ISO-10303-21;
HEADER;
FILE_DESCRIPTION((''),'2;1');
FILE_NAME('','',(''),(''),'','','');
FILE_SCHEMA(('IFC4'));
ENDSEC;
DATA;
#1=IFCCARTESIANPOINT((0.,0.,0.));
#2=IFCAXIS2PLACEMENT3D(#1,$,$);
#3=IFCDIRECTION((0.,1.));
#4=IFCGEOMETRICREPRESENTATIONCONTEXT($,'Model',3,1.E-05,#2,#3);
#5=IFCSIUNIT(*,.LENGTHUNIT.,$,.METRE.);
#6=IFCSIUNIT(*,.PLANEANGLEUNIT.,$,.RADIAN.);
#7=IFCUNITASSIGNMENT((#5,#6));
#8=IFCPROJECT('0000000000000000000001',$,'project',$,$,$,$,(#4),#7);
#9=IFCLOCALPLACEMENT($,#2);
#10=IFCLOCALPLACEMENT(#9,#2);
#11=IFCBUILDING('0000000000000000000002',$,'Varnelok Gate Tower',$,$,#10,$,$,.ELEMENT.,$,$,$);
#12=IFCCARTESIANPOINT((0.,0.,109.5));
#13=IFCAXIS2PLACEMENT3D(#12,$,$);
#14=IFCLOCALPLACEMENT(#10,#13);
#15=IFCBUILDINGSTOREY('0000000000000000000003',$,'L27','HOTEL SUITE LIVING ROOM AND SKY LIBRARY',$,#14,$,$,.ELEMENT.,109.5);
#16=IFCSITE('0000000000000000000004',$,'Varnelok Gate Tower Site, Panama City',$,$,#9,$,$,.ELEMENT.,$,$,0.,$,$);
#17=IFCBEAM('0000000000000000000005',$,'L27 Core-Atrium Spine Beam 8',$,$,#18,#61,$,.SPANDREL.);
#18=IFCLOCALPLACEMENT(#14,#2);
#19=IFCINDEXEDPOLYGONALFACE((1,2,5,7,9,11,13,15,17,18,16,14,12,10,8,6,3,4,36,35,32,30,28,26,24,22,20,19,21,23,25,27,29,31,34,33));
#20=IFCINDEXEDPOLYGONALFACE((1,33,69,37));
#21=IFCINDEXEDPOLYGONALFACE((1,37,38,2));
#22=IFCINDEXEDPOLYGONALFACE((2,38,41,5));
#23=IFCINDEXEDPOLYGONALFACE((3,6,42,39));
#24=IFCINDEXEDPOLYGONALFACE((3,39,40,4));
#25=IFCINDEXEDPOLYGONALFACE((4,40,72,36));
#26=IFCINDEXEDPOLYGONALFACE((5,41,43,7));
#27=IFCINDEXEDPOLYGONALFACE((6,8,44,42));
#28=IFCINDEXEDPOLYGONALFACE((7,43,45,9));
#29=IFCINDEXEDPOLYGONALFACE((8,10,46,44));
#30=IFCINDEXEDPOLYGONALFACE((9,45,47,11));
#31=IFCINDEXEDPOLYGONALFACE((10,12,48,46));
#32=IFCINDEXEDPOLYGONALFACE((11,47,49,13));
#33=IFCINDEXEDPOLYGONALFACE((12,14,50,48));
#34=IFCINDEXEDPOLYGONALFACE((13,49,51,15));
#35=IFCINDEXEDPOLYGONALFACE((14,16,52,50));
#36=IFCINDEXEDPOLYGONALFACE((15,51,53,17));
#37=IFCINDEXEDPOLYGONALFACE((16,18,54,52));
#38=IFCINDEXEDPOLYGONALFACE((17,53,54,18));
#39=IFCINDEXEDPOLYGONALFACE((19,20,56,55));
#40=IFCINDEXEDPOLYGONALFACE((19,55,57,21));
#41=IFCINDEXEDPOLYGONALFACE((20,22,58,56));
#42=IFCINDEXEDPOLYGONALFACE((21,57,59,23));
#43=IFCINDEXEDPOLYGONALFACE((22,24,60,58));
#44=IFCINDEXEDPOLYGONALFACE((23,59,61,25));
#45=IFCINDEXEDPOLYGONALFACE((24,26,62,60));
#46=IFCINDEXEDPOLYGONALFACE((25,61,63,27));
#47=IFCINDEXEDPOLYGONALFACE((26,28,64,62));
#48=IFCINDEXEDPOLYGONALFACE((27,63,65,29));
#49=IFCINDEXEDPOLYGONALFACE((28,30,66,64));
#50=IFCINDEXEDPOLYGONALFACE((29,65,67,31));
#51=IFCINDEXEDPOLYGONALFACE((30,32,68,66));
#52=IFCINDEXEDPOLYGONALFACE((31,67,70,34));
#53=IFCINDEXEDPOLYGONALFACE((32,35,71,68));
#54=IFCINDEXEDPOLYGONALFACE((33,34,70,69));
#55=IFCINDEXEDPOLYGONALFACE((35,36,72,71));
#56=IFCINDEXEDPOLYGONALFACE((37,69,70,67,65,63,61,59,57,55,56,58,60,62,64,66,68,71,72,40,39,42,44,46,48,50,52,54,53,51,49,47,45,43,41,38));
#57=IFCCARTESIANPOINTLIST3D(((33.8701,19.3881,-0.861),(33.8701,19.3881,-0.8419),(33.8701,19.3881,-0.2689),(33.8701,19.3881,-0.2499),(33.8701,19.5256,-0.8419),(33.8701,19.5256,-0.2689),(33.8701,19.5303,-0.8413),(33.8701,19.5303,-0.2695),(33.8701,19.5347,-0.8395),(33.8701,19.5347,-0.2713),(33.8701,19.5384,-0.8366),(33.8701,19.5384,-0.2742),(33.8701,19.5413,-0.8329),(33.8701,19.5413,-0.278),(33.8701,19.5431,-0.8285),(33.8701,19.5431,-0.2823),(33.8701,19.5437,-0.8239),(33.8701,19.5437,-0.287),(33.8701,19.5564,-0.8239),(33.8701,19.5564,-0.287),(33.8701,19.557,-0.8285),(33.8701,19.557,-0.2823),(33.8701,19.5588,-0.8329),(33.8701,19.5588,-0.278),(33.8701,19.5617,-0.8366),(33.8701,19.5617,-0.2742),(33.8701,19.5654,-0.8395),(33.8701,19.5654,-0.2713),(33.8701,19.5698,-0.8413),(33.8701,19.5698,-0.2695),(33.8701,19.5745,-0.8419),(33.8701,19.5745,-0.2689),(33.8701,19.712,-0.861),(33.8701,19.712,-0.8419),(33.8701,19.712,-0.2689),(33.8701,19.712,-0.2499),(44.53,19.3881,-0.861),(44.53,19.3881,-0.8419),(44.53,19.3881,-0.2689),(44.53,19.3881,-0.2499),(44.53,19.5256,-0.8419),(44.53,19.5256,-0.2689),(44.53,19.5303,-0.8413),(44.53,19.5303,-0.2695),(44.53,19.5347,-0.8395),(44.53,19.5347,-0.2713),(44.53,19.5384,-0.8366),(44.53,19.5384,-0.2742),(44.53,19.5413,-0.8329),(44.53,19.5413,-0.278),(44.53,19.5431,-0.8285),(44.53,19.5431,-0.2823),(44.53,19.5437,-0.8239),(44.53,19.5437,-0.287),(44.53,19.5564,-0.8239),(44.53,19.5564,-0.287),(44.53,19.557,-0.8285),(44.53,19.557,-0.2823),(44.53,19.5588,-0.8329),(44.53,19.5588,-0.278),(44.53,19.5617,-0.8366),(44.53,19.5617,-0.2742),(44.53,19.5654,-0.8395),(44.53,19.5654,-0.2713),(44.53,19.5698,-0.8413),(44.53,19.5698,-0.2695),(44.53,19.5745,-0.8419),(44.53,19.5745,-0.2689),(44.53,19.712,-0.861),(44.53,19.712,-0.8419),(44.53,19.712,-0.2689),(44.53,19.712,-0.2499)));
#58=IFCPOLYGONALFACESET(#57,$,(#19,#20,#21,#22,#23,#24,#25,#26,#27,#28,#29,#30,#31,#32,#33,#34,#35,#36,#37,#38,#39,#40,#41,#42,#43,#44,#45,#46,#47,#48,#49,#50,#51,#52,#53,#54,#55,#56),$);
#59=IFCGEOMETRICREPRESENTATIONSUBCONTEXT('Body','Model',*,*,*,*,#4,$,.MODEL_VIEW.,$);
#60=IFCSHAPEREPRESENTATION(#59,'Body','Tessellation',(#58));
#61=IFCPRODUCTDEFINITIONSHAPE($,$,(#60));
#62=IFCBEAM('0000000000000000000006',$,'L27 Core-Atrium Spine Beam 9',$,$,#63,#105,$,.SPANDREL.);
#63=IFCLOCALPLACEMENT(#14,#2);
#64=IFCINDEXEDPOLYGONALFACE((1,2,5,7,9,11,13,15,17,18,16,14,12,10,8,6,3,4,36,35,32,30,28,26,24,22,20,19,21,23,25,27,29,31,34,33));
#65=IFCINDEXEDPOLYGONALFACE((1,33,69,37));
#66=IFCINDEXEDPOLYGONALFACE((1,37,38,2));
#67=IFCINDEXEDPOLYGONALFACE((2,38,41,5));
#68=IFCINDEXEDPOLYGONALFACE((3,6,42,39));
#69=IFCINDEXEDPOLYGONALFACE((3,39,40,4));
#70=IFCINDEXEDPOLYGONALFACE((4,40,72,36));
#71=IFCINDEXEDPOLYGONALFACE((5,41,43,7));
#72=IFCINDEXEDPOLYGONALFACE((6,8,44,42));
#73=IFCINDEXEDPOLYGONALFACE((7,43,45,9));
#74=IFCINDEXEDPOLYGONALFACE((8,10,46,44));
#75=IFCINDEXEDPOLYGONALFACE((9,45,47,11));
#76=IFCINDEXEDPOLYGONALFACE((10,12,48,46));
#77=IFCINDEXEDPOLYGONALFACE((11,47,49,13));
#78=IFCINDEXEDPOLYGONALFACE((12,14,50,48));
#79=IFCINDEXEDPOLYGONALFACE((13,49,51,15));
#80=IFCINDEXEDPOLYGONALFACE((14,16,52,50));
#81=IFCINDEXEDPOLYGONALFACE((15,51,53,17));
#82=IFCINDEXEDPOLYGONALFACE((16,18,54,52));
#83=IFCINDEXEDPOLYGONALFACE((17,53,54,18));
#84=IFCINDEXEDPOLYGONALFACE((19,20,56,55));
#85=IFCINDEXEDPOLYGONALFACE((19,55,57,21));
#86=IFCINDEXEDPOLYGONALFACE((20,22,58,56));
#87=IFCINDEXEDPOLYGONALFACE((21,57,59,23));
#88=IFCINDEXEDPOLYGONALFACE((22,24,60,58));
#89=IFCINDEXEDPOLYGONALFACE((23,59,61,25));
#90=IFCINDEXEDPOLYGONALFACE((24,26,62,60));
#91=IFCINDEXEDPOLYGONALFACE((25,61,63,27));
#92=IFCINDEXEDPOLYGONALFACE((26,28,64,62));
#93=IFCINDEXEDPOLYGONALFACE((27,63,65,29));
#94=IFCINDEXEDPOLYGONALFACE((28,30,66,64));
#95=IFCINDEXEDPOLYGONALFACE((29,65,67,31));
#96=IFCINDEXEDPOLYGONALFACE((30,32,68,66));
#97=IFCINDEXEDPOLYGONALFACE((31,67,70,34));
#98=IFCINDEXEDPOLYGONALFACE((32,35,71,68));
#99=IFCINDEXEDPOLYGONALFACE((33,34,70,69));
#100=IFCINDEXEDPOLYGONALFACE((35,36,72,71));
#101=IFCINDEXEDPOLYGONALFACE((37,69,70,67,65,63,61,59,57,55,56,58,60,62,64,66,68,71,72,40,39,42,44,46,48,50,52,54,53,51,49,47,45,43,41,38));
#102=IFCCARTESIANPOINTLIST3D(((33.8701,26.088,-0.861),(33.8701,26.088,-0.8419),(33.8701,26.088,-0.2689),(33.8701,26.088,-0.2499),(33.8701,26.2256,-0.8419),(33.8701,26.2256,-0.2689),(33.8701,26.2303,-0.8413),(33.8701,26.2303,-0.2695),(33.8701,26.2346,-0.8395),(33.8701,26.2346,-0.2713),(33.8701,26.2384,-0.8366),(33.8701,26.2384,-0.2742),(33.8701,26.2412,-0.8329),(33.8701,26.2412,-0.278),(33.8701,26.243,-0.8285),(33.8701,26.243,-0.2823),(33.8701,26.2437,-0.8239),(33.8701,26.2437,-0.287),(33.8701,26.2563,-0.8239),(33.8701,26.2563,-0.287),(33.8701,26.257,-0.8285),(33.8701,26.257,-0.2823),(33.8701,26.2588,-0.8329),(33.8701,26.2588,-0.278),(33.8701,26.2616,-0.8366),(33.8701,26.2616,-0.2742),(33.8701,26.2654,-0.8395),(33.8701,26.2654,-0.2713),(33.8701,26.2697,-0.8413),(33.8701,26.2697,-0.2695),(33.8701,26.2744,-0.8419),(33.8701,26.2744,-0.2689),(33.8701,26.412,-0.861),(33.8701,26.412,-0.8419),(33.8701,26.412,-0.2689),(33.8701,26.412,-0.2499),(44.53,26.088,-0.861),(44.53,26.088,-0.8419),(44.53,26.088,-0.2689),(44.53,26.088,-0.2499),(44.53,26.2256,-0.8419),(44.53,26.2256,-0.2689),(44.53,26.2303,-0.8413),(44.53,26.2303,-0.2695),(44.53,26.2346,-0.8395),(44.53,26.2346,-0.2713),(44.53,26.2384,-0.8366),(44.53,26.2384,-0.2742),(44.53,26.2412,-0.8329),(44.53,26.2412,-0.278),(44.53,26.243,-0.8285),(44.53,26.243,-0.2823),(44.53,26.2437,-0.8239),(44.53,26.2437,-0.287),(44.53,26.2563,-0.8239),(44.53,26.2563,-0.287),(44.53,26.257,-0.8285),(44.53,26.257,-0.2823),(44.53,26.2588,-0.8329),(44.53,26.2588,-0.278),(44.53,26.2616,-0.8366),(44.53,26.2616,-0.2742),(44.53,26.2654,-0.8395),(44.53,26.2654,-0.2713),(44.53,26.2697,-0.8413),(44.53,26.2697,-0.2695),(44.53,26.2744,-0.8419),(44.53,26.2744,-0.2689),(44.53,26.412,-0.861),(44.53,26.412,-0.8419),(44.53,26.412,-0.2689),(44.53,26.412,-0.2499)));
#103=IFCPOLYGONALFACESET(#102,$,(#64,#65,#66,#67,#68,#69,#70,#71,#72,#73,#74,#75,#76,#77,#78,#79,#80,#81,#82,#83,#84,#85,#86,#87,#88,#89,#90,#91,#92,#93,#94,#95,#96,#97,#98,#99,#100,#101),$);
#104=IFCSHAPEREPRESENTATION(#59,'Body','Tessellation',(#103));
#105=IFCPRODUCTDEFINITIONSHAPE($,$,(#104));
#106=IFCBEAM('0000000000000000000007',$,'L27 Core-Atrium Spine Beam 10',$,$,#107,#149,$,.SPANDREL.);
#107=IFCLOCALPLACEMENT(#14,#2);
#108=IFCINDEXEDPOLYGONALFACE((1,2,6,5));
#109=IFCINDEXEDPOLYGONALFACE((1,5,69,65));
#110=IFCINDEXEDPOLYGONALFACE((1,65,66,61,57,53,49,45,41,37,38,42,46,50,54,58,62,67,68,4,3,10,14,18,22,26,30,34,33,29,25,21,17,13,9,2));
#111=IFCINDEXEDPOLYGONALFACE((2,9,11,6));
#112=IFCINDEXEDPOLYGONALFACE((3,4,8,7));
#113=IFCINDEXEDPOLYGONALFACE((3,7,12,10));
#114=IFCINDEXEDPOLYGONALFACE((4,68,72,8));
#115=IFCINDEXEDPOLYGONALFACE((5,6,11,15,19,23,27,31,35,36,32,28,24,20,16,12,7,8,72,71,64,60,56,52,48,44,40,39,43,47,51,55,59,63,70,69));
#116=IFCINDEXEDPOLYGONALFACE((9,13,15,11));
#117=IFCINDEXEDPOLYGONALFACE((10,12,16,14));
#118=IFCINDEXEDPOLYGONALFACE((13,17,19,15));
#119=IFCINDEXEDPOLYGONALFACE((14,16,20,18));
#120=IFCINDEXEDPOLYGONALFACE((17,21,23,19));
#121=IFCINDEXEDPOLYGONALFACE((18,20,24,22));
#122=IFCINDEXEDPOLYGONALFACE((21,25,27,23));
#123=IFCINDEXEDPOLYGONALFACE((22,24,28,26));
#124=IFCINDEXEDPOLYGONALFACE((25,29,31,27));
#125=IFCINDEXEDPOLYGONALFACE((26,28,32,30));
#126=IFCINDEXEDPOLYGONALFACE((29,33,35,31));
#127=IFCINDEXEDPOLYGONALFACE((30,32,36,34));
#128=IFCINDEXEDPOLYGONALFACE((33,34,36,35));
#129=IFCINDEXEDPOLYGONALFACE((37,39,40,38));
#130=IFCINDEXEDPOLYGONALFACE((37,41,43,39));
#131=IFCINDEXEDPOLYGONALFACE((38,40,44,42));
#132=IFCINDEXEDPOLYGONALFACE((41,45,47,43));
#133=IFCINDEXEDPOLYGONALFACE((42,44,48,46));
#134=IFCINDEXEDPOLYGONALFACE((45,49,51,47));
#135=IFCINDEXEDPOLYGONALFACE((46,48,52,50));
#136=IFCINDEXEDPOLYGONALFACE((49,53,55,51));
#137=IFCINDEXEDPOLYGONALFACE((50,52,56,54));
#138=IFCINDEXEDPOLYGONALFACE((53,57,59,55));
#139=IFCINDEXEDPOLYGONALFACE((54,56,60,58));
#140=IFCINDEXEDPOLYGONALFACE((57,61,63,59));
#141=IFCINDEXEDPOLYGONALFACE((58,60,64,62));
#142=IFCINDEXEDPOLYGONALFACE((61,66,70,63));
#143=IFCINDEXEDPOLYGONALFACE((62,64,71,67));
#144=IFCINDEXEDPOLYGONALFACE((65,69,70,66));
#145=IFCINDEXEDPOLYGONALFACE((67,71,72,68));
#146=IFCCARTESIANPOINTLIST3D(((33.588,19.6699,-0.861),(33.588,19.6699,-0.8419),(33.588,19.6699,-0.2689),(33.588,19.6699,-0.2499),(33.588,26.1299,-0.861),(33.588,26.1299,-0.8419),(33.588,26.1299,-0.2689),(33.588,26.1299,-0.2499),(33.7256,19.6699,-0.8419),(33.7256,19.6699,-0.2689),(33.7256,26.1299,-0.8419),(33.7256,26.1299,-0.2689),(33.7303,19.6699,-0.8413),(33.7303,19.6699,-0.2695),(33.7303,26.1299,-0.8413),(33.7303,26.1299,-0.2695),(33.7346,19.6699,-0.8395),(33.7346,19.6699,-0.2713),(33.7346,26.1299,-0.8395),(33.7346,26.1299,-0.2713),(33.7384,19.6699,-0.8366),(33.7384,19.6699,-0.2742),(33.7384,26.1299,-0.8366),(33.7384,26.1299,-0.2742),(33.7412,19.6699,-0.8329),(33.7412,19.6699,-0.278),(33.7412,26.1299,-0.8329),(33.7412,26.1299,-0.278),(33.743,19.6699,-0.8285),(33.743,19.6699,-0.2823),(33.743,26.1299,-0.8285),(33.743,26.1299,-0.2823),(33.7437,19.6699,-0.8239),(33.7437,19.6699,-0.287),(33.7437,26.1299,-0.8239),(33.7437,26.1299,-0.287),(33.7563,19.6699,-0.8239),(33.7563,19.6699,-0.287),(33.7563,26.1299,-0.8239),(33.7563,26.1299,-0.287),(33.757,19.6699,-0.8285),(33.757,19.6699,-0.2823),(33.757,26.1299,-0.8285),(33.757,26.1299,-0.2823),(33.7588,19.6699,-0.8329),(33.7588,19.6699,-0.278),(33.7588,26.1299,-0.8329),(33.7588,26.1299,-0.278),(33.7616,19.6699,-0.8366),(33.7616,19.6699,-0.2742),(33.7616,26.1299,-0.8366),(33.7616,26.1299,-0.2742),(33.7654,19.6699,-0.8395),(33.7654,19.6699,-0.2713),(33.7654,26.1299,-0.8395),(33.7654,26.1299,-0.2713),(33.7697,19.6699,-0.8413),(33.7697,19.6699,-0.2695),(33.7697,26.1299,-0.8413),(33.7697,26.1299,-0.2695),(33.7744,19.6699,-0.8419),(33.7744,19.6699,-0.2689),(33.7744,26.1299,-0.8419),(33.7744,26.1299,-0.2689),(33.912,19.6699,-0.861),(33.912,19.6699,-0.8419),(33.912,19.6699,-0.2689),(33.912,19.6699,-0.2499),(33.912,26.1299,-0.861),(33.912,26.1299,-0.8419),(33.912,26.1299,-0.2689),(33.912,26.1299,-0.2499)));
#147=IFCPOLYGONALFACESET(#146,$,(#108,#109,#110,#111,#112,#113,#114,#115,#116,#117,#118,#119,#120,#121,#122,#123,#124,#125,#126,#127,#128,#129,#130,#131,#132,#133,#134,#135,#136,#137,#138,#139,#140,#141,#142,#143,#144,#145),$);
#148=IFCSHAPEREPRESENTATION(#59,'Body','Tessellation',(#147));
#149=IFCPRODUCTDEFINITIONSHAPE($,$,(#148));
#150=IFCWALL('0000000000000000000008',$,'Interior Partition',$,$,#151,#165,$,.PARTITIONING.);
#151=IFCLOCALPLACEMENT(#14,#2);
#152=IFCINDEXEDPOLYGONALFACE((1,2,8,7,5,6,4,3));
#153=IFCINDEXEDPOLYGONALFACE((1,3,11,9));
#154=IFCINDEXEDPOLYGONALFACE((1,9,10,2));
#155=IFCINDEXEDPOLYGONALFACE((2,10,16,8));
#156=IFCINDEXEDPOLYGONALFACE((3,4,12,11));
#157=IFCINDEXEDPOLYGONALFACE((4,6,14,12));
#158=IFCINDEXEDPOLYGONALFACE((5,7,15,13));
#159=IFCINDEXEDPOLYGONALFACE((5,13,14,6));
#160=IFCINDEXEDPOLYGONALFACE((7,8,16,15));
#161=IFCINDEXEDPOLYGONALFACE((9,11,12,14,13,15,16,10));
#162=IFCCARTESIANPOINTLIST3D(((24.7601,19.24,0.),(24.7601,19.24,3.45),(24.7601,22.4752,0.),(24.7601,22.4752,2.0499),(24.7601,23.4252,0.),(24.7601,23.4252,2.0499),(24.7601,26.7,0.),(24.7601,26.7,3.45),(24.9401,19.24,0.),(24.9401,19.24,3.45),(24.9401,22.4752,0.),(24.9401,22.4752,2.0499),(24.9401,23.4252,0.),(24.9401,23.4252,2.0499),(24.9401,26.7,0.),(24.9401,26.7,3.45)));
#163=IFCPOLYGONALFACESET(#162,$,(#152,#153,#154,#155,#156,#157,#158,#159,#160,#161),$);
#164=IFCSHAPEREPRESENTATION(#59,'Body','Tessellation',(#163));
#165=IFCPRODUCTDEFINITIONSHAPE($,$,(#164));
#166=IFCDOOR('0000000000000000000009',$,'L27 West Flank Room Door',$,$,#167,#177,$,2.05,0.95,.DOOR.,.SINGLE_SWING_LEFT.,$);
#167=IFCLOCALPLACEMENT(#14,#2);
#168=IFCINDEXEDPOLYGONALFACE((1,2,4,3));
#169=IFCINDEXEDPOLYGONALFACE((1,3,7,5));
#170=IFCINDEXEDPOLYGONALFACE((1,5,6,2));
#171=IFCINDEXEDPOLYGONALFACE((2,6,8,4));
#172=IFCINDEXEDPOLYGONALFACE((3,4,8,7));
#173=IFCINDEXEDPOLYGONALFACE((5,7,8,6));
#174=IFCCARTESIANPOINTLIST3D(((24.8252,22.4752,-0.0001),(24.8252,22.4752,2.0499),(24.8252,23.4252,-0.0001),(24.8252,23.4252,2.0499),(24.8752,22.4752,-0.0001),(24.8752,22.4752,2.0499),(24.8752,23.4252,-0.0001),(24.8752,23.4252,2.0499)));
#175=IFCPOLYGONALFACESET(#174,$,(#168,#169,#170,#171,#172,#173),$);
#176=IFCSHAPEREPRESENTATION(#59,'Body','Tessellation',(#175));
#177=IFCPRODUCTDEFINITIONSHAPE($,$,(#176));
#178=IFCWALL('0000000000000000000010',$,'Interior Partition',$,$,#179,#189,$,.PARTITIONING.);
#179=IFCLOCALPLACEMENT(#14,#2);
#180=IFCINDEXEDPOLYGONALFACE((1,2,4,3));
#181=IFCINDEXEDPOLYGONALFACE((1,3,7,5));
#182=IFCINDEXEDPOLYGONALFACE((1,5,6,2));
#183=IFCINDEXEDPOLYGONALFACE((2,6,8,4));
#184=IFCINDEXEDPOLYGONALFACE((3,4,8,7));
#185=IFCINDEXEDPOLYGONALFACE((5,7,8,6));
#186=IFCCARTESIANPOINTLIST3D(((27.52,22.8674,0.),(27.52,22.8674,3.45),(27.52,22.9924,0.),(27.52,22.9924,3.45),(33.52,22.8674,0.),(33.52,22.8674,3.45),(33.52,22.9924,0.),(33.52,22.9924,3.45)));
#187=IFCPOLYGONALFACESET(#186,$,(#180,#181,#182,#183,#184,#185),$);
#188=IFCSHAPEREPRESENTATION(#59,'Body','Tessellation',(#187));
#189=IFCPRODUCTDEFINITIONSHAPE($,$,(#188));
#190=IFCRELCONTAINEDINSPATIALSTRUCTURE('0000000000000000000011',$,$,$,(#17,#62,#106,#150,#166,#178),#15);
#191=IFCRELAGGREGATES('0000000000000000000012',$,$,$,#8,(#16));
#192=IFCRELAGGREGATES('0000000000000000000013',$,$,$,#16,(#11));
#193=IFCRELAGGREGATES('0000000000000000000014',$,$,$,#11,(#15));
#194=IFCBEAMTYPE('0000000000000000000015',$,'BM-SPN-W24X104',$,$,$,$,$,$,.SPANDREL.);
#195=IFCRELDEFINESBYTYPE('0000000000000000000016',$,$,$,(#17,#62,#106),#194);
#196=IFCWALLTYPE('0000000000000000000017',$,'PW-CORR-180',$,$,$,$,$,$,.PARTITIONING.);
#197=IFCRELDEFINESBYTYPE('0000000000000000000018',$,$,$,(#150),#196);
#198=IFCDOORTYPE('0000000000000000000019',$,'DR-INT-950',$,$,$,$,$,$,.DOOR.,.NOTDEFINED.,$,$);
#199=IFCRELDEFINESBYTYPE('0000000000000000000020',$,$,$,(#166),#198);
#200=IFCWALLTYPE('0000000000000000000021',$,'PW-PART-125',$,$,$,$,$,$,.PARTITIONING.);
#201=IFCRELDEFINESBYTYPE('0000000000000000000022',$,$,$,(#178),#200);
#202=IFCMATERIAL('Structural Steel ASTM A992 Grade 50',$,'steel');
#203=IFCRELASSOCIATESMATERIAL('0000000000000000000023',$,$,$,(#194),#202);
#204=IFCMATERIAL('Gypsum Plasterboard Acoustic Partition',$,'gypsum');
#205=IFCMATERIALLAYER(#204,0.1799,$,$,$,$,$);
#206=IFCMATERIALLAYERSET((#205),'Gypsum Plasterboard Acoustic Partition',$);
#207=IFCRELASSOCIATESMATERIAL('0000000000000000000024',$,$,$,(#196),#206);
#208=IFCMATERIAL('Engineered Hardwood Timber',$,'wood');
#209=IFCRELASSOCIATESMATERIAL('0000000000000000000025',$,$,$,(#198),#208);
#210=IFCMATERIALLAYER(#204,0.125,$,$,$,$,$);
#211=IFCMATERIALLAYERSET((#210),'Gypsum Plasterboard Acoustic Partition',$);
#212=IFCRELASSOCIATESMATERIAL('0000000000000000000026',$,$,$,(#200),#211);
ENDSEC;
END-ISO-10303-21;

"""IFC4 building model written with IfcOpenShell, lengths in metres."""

from ifc_helpers import new_model, si_unit, direction, frame, frame_2d, origin, origin_2d, place, context, subcontext, project, spatial, rectangle, i_section, extrude, material, layer, layer_set, material_profile, profile_set, type_object, element, fill, save


model = new_model("IFC4")

# Units and contexts
model_context = context("Model", 3, precision=1e-05, world=origin(), true_north=direction((0.0, 1.0)))
body_context = subcontext(model_context, "Body", "Model", "MODEL_VIEW")
ifc_project = project(units=[si_unit("LENGTHUNIT", "METRE"), si_unit("PLANEANGLEUNIT", "RADIAN")], contexts=[model_context])

# Site, building, storey
site_placement = place(None, origin())
site = spatial("IfcSite", under=ifc_project, at=site_placement, Name="Varnelok Gate Tower Site, Panama City", CompositionType="ELEMENT", RefElevation=0.0)
building_placement = place(site_placement, origin())
building = spatial("IfcBuilding", under=site, at=building_placement, Name="Varnelok Gate Tower", CompositionType="ELEMENT")
storey_placement = place(building_placement, frame((0.0, 0.0, 109.5)))
storey = spatial("IfcBuildingStorey", under=building, at=storey_placement, Name="L27", Description="HOTEL SUITE LIVING ROOM AND SKY LIBRARY", CompositionType="ELEMENT", Elevation=109.5)

# Shared definitions
ifc_material_1 = material(Name="Structural Steel ASTM A992 Grade 50", Category="steel")

# Beams
ifc_material_profile_1 = material_profile(ifc_material_1, i_section(OverallWidth=0.324, OverallDepth=0.6111, WebThickness=0.0127, FlangeThickness=0.019, FilletRadius=0.0181, at=origin_2d()), Name="W24X104")
ifc_profile_set_1 = profile_set([ifc_material_profile_1], Name="Structural Steel ASTM A992 Grade 50")
beam_type_1 = type_object("IfcBeamType", Name="BM-SPN-W24X104", PredefinedType="SPANDREL", material=ifc_profile_set_1)
for number, where, z_axis, x_axis, name in (
    (1, (33.8701, 19.55, -0.5554), (1.0, 0.0, 0.0), (0.0, 1.0, 0.0), "L27 Core-Atrium Spine Beam 8"),
    (2, (33.8701, 26.25, -0.5554), (1.0, 0.0, 0.0), (0.0, 1.0, 0.0), "L27 Core-Atrium Spine Beam 9"),
):
    element("IfcBeam", number, at=place(storey_placement, frame(where, z_axis=z_axis, x_axis=x_axis)), inside=storey, type_object=beam_type_1, Name=name, PredefinedType="SPANDREL", context=body_context, shape_type="SweptSolid", body=[
        extrude(i_section(OverallWidth=0.324, OverallDepth=0.6111, WebThickness=0.0127, FlangeThickness=0.019, FilletRadius=0.0181, at=origin_2d()), origin(), (0.0, 0.0, 1.0), 10.6599),
    ])
beam_1_placement = place(storey_placement, frame((33.75, 19.6699, -0.5554), z_axis=(0.0, 1.0, 0.0), x_axis=(-1.0, 0.0, 0.0)))
element("IfcBeam", 3, at=beam_1_placement, inside=storey, type_object=beam_type_1, Name="L27 Core-Atrium Spine Beam 10", PredefinedType="SPANDREL", context=body_context, shape_type="SweptSolid", body=[
    extrude(i_section(OverallWidth=0.324, OverallDepth=0.6111, WebThickness=0.0127, FlangeThickness=0.019, FilletRadius=0.0181, at=origin_2d()), origin(), (0.0, 0.0, 1.0), 6.46),
])

# Wall, opening, door
ifc_material_2 = material(Name="Gypsum Plasterboard Acoustic Partition", Category="gypsum")
ifc_layer_1 = layer(ifc_material_2, 0.1799)
ifc_layer_set_1 = layer_set([ifc_layer_1], Name="Gypsum Plasterboard Acoustic Partition")
wall_type_1 = type_object("IfcWallType", Name="PW-CORR-180", PredefinedType="PARTITIONING", material=ifc_layer_set_1)
wall_1_placement = place(storey_placement, frame((24.8501, 19.24, 0.0), z_axis=(0.0, 0.0, 1.0), x_axis=(0.0, 1.0, 0.0)))
wall_1 = element("IfcWall", 4, at=wall_1_placement, inside=storey, type_object=wall_type_1, Name="Interior Partition", PredefinedType="PARTITIONING", context=body_context, shape_type="SweptSolid", body=[
    extrude(rectangle(XDim=7.46, YDim=0.1799, at=frame_2d((3.73, 0.0))), origin(), (0.0, 0.0, 1.0), 3.45),
])
opening_1_placement = place(wall_1_placement, frame((3.2351, 0.0, 0.0)))
opening_1 = element("IfcOpeningElement", 5, at=opening_1_placement, cuts=wall_1, PredefinedType="OPENING", context=body_context, shape_type="SweptSolid", body=[
    extrude(rectangle(XDim=0.95, YDim=2.05, at=frame_2d((0.4751, 1.0249))), frame((0.0, 0.0999, 0.0), z_axis=(0.0, -1.0, 0.0), x_axis=(1.0, 0.0, 0.0)), (0.0, 0.0, 1.0), 0.2),
])
ifc_material_3 = material(Name="Engineered Hardwood Timber", Category="wood")
door_type_1 = type_object("IfcDoorType", Name="DR-INT-950", OperationType="NOTDEFINED", PredefinedType="DOOR", material=ifc_material_3)
door_1_placement = place(opening_1_placement, origin())
door_1 = element("IfcDoor", 6, at=door_1_placement, inside=storey, type_object=door_type_1, Name="L27 West Flank Room Door", OperationType="SINGLE_SWING_LEFT", OverallHeight=2.05, OverallWidth=0.95, PredefinedType="DOOR", context=body_context, shape_type="SweptSolid", body=[
    extrude(rectangle(XDim=0.95, YDim=2.05, at=frame_2d((0.4751, 1.0249))), frame((0.0, 0.0249, 0.0), z_axis=(0.0, -1.0, 0.0), x_axis=(1.0, 0.0, 0.0)), (0.0, 0.0, 1.0), 0.05),
])
fill(opening_1, door_1)

# Wall
ifc_layer_2 = layer(ifc_material_2, 0.125)
ifc_layer_set_2 = layer_set([ifc_layer_2], Name="Gypsum Plasterboard Acoustic Partition")
wall_type_2 = type_object("IfcWallType", Name="PW-PART-125", PredefinedType="PARTITIONING", material=ifc_layer_set_2)
wall_2_placement = place(storey_placement, frame((27.52, 22.9299, 0.0), z_axis=(0.0, 0.0, 1.0), x_axis=(1.0, 0.0, 0.0)))
element("IfcWall", 7, at=wall_2_placement, inside=storey, type_object=wall_type_2, Name="Interior Partition", PredefinedType="PARTITIONING", context=body_context, shape_type="SweptSolid", body=[
    extrude(rectangle(XDim=6.0, YDim=0.125, at=frame_2d((3.0, 0.0))), origin(), (0.0, 0.0, 1.0), 3.45),
])

save(model, "model.ifc")
